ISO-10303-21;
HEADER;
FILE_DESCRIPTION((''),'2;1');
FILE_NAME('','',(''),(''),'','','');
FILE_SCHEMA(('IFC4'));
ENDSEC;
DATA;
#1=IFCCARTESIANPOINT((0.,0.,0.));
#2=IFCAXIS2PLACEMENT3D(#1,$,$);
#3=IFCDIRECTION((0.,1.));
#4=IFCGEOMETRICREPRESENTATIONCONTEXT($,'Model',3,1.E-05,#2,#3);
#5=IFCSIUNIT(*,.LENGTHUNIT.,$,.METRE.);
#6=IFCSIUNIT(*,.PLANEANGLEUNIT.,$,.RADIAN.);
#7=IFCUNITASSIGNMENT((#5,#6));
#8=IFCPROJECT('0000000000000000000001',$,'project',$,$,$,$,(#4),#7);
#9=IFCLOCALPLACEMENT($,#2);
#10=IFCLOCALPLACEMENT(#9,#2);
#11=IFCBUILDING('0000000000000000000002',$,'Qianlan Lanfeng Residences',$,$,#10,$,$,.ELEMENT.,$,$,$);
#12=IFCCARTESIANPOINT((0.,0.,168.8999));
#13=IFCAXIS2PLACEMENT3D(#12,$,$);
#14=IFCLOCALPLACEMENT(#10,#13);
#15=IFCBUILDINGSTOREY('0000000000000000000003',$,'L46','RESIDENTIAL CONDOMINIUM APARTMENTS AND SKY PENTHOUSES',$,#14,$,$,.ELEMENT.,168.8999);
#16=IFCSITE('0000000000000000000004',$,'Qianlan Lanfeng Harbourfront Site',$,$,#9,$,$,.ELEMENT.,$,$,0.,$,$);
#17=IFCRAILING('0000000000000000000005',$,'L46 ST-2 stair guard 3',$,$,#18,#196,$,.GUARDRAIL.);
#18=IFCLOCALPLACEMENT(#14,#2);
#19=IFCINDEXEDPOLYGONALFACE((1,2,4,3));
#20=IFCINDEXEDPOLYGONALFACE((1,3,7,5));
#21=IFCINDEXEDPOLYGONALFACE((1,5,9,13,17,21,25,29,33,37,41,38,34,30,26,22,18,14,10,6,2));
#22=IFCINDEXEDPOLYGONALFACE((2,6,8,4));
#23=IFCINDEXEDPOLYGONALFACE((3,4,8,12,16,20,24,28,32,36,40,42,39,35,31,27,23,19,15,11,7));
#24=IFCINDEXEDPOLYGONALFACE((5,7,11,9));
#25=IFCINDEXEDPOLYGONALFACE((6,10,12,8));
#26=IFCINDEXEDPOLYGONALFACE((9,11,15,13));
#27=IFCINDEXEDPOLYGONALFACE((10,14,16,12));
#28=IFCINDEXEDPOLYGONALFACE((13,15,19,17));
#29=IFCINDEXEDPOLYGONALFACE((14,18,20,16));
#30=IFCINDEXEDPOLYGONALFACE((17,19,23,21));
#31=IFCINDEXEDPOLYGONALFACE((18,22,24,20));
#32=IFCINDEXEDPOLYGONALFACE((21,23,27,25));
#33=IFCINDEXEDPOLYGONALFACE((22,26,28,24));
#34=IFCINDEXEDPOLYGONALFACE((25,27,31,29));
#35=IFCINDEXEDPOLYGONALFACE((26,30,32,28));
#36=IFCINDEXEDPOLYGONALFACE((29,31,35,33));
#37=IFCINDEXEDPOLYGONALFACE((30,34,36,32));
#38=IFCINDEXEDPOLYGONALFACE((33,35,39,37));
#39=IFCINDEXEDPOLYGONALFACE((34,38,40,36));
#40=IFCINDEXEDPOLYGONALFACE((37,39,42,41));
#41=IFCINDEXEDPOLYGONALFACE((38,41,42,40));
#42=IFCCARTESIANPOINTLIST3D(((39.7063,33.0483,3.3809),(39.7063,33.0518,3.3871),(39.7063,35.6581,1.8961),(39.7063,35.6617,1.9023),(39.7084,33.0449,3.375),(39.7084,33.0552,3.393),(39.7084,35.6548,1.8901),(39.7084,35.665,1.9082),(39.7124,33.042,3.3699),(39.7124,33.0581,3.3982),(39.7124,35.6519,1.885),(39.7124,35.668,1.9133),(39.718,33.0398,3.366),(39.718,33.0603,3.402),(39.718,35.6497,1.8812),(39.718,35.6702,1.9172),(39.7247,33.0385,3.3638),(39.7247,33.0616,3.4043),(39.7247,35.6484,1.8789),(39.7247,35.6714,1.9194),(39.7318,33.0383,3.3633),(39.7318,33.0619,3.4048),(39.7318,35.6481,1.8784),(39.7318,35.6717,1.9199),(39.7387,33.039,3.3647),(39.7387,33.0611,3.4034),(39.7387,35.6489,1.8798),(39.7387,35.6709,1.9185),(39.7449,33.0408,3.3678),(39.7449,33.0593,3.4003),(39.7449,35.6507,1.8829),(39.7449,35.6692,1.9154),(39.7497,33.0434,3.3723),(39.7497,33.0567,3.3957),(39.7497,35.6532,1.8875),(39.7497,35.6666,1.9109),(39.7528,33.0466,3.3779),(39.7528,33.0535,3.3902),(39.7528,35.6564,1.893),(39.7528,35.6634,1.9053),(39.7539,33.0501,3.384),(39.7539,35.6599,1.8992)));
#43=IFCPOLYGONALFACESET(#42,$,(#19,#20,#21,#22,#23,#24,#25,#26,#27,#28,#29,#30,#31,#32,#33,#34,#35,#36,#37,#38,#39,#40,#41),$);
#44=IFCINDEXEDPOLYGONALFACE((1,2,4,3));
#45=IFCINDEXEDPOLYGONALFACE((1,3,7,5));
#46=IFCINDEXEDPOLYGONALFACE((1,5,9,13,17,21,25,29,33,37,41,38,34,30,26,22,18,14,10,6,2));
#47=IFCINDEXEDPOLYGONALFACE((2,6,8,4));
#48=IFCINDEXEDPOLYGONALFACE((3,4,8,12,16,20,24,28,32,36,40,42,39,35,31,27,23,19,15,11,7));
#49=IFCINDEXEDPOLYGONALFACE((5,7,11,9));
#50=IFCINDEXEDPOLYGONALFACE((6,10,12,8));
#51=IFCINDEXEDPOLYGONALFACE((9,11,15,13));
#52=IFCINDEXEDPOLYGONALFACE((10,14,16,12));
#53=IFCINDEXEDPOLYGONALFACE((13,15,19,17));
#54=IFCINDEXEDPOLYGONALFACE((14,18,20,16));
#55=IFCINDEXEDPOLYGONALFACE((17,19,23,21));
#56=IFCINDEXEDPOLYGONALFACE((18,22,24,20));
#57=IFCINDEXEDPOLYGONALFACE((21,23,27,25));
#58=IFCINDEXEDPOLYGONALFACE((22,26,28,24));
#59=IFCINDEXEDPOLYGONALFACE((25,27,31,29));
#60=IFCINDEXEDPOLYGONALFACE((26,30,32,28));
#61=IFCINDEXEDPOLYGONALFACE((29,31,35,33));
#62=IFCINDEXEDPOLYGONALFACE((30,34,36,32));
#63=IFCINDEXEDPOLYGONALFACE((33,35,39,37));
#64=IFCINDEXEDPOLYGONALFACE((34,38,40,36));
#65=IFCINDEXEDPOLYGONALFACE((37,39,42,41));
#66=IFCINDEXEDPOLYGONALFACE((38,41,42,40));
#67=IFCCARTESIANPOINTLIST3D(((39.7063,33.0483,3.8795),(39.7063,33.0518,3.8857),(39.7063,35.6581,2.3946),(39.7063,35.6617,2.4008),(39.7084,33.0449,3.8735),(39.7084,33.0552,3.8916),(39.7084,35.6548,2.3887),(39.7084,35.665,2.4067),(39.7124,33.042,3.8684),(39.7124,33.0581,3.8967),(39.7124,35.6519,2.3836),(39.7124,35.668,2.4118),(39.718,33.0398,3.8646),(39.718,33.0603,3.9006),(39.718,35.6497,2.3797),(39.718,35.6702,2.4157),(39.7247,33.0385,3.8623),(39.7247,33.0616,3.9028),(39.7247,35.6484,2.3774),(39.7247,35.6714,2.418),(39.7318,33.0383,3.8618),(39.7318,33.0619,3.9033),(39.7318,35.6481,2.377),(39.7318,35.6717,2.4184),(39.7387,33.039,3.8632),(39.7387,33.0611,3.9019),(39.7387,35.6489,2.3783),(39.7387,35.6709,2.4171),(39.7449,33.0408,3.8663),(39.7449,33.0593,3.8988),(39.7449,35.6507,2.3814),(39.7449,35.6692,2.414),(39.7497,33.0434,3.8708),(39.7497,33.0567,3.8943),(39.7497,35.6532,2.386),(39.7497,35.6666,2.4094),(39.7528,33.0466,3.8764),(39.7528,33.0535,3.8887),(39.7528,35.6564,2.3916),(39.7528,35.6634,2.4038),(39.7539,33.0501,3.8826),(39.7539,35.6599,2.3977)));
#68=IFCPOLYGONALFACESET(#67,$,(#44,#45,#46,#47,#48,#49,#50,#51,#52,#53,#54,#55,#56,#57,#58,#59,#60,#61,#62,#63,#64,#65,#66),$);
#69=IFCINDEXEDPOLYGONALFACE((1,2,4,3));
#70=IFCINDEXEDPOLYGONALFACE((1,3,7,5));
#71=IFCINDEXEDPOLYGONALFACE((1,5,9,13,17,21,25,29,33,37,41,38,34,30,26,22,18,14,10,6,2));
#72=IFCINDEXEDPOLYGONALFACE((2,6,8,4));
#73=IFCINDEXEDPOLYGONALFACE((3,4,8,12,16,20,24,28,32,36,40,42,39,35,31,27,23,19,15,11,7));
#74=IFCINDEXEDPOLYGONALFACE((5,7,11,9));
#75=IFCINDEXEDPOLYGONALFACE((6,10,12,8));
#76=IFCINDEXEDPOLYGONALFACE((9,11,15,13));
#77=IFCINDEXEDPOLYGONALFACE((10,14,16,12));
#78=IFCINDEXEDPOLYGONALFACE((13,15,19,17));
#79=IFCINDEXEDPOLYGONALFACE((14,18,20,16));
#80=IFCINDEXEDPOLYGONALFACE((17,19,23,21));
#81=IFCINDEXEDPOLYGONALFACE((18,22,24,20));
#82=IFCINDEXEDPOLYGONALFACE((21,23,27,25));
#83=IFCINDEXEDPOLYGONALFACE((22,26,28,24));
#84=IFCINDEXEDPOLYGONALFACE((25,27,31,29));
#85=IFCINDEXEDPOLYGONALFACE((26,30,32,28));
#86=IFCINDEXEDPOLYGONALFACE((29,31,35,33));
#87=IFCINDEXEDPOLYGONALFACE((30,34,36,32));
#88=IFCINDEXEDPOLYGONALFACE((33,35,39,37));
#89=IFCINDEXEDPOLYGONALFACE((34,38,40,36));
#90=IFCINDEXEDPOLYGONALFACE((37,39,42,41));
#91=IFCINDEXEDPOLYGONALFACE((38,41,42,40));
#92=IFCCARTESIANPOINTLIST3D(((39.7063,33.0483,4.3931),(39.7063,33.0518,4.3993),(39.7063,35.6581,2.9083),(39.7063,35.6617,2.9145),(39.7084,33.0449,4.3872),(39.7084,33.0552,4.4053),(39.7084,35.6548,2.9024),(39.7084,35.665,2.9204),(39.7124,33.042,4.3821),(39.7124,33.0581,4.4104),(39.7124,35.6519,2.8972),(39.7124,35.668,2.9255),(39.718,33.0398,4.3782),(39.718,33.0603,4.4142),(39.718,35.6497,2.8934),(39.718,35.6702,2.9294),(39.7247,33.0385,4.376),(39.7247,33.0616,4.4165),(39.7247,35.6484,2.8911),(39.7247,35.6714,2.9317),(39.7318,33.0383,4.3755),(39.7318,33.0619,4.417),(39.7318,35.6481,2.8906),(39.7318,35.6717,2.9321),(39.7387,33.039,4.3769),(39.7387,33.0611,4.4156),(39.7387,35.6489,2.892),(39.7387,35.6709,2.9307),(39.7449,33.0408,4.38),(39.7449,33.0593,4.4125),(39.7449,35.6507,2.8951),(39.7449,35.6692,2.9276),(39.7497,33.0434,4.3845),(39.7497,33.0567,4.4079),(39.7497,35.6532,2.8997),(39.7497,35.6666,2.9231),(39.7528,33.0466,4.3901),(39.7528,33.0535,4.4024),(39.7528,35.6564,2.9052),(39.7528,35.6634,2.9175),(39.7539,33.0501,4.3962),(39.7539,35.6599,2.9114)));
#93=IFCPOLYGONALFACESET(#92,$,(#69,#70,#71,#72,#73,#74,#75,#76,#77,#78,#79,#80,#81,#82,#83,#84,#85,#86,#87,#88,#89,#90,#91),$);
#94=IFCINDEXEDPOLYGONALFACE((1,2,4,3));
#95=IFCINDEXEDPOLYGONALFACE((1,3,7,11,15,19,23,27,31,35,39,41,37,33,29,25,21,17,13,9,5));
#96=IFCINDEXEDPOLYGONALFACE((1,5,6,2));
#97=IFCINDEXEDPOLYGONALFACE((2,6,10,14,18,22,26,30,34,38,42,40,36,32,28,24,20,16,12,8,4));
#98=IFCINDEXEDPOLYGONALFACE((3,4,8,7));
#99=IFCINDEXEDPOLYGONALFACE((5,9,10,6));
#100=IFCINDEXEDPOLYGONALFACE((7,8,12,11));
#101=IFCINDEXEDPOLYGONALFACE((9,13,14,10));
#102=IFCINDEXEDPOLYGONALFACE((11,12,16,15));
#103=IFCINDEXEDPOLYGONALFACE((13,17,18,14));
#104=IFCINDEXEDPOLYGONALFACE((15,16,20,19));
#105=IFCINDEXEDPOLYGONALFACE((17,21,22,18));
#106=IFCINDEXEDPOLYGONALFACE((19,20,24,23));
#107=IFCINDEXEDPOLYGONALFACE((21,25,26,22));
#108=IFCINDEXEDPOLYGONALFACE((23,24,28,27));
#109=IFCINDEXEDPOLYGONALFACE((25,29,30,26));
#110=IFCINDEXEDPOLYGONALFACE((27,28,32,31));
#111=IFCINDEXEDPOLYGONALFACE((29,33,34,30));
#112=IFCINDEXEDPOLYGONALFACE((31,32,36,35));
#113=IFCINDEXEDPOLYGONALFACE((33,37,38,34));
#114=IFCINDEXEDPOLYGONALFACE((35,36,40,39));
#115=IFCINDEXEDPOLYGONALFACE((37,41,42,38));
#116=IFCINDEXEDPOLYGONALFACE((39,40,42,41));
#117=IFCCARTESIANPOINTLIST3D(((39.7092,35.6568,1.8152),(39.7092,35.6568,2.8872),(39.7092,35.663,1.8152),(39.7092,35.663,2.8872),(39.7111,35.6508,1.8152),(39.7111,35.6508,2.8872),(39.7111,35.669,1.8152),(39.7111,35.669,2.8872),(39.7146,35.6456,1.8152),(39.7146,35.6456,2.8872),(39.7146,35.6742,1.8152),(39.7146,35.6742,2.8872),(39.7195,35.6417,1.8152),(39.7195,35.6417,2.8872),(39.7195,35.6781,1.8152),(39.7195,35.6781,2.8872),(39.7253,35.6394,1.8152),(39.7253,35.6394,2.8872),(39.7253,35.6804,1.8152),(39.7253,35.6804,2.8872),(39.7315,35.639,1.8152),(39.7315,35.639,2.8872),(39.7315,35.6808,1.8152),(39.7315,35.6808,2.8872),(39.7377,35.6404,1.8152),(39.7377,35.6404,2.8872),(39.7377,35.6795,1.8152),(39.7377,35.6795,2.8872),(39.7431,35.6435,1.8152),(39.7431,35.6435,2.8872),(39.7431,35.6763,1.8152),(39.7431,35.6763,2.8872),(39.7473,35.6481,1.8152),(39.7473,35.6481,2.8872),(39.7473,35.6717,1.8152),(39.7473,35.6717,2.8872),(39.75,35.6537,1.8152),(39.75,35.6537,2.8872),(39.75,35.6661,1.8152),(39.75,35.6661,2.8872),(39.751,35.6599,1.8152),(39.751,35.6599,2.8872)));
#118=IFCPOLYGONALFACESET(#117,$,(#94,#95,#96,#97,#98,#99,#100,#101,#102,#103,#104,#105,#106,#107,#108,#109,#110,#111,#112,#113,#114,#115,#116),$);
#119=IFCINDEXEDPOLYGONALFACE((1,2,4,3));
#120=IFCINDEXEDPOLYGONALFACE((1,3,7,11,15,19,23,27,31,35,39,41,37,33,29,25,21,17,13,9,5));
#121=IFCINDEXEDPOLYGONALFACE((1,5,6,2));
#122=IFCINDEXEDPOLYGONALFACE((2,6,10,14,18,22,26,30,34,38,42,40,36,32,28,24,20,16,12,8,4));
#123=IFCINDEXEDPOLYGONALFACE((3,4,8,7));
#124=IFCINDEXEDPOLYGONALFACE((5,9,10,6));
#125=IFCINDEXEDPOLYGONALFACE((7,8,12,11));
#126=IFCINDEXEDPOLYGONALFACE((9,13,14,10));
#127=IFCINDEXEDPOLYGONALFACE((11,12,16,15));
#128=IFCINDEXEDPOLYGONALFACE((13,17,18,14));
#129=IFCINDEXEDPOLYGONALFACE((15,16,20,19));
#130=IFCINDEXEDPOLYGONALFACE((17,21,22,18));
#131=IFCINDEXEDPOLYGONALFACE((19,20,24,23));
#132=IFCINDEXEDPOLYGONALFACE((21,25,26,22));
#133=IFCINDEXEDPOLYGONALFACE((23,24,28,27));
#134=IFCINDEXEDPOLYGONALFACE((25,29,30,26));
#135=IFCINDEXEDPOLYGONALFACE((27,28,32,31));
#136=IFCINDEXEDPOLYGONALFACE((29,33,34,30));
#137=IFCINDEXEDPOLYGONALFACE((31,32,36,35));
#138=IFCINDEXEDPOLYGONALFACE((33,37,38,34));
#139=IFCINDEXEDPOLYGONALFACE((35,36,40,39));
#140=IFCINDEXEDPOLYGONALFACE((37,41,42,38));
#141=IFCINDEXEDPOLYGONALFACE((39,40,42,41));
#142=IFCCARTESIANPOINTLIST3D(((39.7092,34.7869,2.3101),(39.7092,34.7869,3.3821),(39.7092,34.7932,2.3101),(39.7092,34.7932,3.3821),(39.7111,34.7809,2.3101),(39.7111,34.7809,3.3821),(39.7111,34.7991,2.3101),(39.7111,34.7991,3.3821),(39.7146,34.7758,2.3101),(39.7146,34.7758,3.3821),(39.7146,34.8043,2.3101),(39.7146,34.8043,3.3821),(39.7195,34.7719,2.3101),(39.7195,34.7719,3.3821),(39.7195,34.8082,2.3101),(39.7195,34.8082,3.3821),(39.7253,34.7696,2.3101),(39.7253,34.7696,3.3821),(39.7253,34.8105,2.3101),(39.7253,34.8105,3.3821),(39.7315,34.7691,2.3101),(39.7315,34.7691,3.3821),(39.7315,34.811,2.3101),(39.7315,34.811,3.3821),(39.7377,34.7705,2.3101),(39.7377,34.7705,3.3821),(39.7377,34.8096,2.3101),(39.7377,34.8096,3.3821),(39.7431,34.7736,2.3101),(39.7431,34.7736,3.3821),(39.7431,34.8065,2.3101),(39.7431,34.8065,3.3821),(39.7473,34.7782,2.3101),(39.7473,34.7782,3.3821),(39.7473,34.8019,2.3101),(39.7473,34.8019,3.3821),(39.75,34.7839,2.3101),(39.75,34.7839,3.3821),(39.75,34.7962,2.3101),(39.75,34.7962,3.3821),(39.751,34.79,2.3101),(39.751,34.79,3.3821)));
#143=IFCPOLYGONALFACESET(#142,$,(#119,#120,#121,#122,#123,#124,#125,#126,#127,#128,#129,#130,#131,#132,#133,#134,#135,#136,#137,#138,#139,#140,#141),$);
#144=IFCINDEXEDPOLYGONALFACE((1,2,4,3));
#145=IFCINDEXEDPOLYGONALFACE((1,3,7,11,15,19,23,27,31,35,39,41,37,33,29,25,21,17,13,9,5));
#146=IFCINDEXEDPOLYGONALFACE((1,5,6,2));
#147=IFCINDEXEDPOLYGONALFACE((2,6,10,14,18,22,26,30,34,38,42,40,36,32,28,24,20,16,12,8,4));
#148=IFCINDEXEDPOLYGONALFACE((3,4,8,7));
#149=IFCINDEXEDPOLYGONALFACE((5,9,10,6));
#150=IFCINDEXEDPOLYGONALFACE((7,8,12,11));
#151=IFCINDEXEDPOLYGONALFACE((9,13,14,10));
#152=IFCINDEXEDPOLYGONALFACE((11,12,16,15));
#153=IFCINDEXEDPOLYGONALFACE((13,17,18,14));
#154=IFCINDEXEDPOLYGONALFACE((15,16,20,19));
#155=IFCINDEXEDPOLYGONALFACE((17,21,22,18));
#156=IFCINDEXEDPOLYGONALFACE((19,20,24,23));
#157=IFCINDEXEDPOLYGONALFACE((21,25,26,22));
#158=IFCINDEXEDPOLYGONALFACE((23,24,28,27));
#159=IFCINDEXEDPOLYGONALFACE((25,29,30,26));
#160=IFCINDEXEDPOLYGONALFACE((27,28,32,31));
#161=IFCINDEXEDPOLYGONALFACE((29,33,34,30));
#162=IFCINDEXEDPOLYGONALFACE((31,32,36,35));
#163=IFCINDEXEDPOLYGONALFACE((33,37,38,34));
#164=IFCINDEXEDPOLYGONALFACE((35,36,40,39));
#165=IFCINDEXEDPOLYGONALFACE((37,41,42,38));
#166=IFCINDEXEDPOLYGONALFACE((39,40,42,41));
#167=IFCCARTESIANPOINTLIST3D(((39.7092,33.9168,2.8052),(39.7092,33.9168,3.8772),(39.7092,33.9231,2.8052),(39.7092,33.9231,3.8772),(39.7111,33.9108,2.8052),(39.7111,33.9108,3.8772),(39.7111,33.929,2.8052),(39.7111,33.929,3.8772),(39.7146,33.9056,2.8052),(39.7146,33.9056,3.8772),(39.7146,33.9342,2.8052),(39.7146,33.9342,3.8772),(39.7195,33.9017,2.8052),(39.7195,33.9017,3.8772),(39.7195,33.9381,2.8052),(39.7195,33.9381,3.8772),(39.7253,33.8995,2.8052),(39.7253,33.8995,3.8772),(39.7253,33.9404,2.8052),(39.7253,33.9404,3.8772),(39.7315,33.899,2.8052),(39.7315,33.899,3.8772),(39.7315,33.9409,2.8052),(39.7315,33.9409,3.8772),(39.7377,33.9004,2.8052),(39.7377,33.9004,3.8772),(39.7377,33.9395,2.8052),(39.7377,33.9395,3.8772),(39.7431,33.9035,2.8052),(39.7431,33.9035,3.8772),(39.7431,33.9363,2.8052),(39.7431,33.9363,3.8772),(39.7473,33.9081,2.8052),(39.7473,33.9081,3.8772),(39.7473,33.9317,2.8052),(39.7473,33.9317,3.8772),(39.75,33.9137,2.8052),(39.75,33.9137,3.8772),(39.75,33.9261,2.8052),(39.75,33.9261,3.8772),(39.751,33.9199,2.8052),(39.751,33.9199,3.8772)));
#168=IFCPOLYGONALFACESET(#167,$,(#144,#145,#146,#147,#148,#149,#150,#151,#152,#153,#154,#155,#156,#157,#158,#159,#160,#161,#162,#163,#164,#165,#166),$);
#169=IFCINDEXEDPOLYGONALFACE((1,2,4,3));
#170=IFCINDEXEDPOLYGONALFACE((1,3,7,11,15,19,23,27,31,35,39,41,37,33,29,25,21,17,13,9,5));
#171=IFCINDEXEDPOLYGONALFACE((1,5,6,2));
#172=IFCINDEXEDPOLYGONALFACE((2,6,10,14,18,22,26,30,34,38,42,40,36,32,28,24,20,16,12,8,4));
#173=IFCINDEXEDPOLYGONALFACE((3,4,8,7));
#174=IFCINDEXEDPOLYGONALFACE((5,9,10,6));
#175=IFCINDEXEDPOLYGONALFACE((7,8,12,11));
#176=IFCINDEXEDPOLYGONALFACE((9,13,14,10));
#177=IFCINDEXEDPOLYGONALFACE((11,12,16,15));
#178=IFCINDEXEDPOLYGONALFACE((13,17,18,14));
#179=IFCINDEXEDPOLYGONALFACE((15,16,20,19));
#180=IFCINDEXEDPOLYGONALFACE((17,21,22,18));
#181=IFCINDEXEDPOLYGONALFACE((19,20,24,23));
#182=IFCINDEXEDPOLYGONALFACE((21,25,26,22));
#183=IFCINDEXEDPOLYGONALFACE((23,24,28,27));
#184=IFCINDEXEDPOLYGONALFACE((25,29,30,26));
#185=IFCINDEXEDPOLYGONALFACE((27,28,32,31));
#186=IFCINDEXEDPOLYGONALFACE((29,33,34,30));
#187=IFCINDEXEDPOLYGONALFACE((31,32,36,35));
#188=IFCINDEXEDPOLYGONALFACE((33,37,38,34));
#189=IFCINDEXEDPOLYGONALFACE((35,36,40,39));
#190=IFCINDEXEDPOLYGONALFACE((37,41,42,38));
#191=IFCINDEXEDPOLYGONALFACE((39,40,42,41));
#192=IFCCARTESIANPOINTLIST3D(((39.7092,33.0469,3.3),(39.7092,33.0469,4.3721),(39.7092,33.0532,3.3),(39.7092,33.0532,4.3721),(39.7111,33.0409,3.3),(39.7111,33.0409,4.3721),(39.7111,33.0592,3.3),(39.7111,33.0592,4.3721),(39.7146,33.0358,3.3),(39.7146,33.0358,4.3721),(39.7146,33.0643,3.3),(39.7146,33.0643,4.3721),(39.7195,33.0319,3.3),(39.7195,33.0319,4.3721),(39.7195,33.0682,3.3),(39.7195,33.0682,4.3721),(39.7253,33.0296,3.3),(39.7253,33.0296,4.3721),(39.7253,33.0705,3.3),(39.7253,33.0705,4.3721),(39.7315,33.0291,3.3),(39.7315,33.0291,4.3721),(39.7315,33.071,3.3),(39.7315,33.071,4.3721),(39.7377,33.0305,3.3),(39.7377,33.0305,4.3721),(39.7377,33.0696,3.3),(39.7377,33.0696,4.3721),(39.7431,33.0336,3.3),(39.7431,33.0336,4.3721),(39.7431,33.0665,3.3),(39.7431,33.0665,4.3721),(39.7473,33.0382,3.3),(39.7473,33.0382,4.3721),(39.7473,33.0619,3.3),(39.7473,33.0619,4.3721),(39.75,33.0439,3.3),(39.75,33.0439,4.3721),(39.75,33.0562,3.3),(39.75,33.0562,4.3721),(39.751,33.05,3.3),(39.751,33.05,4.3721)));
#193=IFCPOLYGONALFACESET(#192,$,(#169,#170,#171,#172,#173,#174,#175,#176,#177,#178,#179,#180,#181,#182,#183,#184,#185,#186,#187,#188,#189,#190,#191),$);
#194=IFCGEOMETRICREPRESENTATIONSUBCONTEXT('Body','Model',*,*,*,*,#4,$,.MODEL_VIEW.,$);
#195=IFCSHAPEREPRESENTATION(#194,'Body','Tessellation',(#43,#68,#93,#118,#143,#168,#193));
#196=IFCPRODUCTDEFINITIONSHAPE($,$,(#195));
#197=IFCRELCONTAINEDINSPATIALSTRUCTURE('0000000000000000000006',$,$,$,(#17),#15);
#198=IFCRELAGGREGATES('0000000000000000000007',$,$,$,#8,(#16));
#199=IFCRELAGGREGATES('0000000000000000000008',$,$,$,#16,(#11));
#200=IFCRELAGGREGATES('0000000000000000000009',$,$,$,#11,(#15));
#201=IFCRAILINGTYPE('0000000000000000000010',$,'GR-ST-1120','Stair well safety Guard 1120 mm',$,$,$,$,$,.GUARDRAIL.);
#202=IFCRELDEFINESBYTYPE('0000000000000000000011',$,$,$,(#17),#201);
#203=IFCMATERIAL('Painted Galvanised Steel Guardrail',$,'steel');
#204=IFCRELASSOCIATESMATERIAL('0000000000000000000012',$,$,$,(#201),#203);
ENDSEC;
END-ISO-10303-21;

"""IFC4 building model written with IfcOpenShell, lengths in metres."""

from ifc_helpers import new_model, si_unit, direction, frame, origin, origin_2d, place, context, subcontext, project, spatial, circle, extrude, material, type_object, element, save


model = new_model("IFC4")

# Units and contexts
model_context = context("Model", 3, precision=1e-05, world=origin(), true_north=direction((0.0, 1.0)))
body_context = subcontext(model_context, "Body", "Model", "MODEL_VIEW")
ifc_project = project(units=[si_unit("LENGTHUNIT", "METRE"), si_unit("PLANEANGLEUNIT", "RADIAN")], contexts=[model_context])

# Site, building, storey
site_placement = place(None, origin())
site = spatial("IfcSite", under=ifc_project, at=site_placement, Name="Qianlan Lanfeng Harbourfront Site", CompositionType="ELEMENT", RefElevation=0.0)
building_placement = place(site_placement, origin())
building = spatial("IfcBuilding", under=site, at=building_placement, Name="Qianlan Lanfeng Residences", CompositionType="ELEMENT")
storey_placement = place(building_placement, frame((0.0, 0.0, 168.8999)))
storey = spatial("IfcBuildingStorey", under=building, at=storey_placement, Name="L46", Description="RESIDENTIAL CONDOMINIUM APARTMENTS AND SKY PENTHOUSES", CompositionType="ELEMENT", Elevation=168.8999)

# Railing
ifc_material_1 = material(Name="Painted Galvanised Steel Guardrail", Category="steel")
railing_type_1 = type_object("IfcRailingType", Name="GR-ST-1120", Description="Stair well safety Guard 1120 mm", PredefinedType="GUARDRAIL", material=ifc_material_1)
railing_1_placement = place(storey_placement, frame((39.73, 35.6599, 1.8152)))
element("IfcRailing", 1, at=railing_1_placement, inside=storey, type_object=railing_type_1, Name="L46 ST-2 stair guard 3", PredefinedType="GUARDRAIL", context=body_context, shape_type="SweptSolid", body=[
    extrude(circle(Radius=0.0239, at=origin_2d()), frame((0.0, 0.0, 0.084), z_axis=(0.0, -0.869172, 0.494509), x_axis=(1.0, 0.0, 0.0)), (0.0, 0.0, 1.0), 3.0027),
    extrude(circle(Radius=0.0239, at=origin_2d()), frame((0.0, 0.0, 0.5825), z_axis=(0.0, -0.869172, 0.494509), x_axis=(1.0, 0.0, 0.0)), (0.0, 0.0, 1.0), 3.0027),
    extrude(circle(Radius=0.0239, at=origin_2d()), frame((0.0, 0.0, 1.0962), z_axis=(0.0, -0.869172, 0.494509), x_axis=(1.0, 0.0, 0.0)), (0.0, 0.0, 1.0), 3.0027),
    extrude(circle(Radius=0.021, at=origin_2d()), origin(), (0.0, 0.0, 1.0), 1.072),
    extrude(circle(Radius=0.021, at=origin_2d()), frame((0.0, -0.8699, 0.4949)), (0.0, 0.0, 1.0), 1.072),
    extrude(circle(Radius=0.021, at=origin_2d()), frame((0.0, -1.74, 0.99)), (0.0, 0.0, 1.0), 1.072),
    extrude(circle(Radius=0.021, at=origin_2d()), frame((0.0, -2.6099, 1.4849)), (0.0, 0.0, 1.0), 1.072),
])

save(model, "model.ifc")
